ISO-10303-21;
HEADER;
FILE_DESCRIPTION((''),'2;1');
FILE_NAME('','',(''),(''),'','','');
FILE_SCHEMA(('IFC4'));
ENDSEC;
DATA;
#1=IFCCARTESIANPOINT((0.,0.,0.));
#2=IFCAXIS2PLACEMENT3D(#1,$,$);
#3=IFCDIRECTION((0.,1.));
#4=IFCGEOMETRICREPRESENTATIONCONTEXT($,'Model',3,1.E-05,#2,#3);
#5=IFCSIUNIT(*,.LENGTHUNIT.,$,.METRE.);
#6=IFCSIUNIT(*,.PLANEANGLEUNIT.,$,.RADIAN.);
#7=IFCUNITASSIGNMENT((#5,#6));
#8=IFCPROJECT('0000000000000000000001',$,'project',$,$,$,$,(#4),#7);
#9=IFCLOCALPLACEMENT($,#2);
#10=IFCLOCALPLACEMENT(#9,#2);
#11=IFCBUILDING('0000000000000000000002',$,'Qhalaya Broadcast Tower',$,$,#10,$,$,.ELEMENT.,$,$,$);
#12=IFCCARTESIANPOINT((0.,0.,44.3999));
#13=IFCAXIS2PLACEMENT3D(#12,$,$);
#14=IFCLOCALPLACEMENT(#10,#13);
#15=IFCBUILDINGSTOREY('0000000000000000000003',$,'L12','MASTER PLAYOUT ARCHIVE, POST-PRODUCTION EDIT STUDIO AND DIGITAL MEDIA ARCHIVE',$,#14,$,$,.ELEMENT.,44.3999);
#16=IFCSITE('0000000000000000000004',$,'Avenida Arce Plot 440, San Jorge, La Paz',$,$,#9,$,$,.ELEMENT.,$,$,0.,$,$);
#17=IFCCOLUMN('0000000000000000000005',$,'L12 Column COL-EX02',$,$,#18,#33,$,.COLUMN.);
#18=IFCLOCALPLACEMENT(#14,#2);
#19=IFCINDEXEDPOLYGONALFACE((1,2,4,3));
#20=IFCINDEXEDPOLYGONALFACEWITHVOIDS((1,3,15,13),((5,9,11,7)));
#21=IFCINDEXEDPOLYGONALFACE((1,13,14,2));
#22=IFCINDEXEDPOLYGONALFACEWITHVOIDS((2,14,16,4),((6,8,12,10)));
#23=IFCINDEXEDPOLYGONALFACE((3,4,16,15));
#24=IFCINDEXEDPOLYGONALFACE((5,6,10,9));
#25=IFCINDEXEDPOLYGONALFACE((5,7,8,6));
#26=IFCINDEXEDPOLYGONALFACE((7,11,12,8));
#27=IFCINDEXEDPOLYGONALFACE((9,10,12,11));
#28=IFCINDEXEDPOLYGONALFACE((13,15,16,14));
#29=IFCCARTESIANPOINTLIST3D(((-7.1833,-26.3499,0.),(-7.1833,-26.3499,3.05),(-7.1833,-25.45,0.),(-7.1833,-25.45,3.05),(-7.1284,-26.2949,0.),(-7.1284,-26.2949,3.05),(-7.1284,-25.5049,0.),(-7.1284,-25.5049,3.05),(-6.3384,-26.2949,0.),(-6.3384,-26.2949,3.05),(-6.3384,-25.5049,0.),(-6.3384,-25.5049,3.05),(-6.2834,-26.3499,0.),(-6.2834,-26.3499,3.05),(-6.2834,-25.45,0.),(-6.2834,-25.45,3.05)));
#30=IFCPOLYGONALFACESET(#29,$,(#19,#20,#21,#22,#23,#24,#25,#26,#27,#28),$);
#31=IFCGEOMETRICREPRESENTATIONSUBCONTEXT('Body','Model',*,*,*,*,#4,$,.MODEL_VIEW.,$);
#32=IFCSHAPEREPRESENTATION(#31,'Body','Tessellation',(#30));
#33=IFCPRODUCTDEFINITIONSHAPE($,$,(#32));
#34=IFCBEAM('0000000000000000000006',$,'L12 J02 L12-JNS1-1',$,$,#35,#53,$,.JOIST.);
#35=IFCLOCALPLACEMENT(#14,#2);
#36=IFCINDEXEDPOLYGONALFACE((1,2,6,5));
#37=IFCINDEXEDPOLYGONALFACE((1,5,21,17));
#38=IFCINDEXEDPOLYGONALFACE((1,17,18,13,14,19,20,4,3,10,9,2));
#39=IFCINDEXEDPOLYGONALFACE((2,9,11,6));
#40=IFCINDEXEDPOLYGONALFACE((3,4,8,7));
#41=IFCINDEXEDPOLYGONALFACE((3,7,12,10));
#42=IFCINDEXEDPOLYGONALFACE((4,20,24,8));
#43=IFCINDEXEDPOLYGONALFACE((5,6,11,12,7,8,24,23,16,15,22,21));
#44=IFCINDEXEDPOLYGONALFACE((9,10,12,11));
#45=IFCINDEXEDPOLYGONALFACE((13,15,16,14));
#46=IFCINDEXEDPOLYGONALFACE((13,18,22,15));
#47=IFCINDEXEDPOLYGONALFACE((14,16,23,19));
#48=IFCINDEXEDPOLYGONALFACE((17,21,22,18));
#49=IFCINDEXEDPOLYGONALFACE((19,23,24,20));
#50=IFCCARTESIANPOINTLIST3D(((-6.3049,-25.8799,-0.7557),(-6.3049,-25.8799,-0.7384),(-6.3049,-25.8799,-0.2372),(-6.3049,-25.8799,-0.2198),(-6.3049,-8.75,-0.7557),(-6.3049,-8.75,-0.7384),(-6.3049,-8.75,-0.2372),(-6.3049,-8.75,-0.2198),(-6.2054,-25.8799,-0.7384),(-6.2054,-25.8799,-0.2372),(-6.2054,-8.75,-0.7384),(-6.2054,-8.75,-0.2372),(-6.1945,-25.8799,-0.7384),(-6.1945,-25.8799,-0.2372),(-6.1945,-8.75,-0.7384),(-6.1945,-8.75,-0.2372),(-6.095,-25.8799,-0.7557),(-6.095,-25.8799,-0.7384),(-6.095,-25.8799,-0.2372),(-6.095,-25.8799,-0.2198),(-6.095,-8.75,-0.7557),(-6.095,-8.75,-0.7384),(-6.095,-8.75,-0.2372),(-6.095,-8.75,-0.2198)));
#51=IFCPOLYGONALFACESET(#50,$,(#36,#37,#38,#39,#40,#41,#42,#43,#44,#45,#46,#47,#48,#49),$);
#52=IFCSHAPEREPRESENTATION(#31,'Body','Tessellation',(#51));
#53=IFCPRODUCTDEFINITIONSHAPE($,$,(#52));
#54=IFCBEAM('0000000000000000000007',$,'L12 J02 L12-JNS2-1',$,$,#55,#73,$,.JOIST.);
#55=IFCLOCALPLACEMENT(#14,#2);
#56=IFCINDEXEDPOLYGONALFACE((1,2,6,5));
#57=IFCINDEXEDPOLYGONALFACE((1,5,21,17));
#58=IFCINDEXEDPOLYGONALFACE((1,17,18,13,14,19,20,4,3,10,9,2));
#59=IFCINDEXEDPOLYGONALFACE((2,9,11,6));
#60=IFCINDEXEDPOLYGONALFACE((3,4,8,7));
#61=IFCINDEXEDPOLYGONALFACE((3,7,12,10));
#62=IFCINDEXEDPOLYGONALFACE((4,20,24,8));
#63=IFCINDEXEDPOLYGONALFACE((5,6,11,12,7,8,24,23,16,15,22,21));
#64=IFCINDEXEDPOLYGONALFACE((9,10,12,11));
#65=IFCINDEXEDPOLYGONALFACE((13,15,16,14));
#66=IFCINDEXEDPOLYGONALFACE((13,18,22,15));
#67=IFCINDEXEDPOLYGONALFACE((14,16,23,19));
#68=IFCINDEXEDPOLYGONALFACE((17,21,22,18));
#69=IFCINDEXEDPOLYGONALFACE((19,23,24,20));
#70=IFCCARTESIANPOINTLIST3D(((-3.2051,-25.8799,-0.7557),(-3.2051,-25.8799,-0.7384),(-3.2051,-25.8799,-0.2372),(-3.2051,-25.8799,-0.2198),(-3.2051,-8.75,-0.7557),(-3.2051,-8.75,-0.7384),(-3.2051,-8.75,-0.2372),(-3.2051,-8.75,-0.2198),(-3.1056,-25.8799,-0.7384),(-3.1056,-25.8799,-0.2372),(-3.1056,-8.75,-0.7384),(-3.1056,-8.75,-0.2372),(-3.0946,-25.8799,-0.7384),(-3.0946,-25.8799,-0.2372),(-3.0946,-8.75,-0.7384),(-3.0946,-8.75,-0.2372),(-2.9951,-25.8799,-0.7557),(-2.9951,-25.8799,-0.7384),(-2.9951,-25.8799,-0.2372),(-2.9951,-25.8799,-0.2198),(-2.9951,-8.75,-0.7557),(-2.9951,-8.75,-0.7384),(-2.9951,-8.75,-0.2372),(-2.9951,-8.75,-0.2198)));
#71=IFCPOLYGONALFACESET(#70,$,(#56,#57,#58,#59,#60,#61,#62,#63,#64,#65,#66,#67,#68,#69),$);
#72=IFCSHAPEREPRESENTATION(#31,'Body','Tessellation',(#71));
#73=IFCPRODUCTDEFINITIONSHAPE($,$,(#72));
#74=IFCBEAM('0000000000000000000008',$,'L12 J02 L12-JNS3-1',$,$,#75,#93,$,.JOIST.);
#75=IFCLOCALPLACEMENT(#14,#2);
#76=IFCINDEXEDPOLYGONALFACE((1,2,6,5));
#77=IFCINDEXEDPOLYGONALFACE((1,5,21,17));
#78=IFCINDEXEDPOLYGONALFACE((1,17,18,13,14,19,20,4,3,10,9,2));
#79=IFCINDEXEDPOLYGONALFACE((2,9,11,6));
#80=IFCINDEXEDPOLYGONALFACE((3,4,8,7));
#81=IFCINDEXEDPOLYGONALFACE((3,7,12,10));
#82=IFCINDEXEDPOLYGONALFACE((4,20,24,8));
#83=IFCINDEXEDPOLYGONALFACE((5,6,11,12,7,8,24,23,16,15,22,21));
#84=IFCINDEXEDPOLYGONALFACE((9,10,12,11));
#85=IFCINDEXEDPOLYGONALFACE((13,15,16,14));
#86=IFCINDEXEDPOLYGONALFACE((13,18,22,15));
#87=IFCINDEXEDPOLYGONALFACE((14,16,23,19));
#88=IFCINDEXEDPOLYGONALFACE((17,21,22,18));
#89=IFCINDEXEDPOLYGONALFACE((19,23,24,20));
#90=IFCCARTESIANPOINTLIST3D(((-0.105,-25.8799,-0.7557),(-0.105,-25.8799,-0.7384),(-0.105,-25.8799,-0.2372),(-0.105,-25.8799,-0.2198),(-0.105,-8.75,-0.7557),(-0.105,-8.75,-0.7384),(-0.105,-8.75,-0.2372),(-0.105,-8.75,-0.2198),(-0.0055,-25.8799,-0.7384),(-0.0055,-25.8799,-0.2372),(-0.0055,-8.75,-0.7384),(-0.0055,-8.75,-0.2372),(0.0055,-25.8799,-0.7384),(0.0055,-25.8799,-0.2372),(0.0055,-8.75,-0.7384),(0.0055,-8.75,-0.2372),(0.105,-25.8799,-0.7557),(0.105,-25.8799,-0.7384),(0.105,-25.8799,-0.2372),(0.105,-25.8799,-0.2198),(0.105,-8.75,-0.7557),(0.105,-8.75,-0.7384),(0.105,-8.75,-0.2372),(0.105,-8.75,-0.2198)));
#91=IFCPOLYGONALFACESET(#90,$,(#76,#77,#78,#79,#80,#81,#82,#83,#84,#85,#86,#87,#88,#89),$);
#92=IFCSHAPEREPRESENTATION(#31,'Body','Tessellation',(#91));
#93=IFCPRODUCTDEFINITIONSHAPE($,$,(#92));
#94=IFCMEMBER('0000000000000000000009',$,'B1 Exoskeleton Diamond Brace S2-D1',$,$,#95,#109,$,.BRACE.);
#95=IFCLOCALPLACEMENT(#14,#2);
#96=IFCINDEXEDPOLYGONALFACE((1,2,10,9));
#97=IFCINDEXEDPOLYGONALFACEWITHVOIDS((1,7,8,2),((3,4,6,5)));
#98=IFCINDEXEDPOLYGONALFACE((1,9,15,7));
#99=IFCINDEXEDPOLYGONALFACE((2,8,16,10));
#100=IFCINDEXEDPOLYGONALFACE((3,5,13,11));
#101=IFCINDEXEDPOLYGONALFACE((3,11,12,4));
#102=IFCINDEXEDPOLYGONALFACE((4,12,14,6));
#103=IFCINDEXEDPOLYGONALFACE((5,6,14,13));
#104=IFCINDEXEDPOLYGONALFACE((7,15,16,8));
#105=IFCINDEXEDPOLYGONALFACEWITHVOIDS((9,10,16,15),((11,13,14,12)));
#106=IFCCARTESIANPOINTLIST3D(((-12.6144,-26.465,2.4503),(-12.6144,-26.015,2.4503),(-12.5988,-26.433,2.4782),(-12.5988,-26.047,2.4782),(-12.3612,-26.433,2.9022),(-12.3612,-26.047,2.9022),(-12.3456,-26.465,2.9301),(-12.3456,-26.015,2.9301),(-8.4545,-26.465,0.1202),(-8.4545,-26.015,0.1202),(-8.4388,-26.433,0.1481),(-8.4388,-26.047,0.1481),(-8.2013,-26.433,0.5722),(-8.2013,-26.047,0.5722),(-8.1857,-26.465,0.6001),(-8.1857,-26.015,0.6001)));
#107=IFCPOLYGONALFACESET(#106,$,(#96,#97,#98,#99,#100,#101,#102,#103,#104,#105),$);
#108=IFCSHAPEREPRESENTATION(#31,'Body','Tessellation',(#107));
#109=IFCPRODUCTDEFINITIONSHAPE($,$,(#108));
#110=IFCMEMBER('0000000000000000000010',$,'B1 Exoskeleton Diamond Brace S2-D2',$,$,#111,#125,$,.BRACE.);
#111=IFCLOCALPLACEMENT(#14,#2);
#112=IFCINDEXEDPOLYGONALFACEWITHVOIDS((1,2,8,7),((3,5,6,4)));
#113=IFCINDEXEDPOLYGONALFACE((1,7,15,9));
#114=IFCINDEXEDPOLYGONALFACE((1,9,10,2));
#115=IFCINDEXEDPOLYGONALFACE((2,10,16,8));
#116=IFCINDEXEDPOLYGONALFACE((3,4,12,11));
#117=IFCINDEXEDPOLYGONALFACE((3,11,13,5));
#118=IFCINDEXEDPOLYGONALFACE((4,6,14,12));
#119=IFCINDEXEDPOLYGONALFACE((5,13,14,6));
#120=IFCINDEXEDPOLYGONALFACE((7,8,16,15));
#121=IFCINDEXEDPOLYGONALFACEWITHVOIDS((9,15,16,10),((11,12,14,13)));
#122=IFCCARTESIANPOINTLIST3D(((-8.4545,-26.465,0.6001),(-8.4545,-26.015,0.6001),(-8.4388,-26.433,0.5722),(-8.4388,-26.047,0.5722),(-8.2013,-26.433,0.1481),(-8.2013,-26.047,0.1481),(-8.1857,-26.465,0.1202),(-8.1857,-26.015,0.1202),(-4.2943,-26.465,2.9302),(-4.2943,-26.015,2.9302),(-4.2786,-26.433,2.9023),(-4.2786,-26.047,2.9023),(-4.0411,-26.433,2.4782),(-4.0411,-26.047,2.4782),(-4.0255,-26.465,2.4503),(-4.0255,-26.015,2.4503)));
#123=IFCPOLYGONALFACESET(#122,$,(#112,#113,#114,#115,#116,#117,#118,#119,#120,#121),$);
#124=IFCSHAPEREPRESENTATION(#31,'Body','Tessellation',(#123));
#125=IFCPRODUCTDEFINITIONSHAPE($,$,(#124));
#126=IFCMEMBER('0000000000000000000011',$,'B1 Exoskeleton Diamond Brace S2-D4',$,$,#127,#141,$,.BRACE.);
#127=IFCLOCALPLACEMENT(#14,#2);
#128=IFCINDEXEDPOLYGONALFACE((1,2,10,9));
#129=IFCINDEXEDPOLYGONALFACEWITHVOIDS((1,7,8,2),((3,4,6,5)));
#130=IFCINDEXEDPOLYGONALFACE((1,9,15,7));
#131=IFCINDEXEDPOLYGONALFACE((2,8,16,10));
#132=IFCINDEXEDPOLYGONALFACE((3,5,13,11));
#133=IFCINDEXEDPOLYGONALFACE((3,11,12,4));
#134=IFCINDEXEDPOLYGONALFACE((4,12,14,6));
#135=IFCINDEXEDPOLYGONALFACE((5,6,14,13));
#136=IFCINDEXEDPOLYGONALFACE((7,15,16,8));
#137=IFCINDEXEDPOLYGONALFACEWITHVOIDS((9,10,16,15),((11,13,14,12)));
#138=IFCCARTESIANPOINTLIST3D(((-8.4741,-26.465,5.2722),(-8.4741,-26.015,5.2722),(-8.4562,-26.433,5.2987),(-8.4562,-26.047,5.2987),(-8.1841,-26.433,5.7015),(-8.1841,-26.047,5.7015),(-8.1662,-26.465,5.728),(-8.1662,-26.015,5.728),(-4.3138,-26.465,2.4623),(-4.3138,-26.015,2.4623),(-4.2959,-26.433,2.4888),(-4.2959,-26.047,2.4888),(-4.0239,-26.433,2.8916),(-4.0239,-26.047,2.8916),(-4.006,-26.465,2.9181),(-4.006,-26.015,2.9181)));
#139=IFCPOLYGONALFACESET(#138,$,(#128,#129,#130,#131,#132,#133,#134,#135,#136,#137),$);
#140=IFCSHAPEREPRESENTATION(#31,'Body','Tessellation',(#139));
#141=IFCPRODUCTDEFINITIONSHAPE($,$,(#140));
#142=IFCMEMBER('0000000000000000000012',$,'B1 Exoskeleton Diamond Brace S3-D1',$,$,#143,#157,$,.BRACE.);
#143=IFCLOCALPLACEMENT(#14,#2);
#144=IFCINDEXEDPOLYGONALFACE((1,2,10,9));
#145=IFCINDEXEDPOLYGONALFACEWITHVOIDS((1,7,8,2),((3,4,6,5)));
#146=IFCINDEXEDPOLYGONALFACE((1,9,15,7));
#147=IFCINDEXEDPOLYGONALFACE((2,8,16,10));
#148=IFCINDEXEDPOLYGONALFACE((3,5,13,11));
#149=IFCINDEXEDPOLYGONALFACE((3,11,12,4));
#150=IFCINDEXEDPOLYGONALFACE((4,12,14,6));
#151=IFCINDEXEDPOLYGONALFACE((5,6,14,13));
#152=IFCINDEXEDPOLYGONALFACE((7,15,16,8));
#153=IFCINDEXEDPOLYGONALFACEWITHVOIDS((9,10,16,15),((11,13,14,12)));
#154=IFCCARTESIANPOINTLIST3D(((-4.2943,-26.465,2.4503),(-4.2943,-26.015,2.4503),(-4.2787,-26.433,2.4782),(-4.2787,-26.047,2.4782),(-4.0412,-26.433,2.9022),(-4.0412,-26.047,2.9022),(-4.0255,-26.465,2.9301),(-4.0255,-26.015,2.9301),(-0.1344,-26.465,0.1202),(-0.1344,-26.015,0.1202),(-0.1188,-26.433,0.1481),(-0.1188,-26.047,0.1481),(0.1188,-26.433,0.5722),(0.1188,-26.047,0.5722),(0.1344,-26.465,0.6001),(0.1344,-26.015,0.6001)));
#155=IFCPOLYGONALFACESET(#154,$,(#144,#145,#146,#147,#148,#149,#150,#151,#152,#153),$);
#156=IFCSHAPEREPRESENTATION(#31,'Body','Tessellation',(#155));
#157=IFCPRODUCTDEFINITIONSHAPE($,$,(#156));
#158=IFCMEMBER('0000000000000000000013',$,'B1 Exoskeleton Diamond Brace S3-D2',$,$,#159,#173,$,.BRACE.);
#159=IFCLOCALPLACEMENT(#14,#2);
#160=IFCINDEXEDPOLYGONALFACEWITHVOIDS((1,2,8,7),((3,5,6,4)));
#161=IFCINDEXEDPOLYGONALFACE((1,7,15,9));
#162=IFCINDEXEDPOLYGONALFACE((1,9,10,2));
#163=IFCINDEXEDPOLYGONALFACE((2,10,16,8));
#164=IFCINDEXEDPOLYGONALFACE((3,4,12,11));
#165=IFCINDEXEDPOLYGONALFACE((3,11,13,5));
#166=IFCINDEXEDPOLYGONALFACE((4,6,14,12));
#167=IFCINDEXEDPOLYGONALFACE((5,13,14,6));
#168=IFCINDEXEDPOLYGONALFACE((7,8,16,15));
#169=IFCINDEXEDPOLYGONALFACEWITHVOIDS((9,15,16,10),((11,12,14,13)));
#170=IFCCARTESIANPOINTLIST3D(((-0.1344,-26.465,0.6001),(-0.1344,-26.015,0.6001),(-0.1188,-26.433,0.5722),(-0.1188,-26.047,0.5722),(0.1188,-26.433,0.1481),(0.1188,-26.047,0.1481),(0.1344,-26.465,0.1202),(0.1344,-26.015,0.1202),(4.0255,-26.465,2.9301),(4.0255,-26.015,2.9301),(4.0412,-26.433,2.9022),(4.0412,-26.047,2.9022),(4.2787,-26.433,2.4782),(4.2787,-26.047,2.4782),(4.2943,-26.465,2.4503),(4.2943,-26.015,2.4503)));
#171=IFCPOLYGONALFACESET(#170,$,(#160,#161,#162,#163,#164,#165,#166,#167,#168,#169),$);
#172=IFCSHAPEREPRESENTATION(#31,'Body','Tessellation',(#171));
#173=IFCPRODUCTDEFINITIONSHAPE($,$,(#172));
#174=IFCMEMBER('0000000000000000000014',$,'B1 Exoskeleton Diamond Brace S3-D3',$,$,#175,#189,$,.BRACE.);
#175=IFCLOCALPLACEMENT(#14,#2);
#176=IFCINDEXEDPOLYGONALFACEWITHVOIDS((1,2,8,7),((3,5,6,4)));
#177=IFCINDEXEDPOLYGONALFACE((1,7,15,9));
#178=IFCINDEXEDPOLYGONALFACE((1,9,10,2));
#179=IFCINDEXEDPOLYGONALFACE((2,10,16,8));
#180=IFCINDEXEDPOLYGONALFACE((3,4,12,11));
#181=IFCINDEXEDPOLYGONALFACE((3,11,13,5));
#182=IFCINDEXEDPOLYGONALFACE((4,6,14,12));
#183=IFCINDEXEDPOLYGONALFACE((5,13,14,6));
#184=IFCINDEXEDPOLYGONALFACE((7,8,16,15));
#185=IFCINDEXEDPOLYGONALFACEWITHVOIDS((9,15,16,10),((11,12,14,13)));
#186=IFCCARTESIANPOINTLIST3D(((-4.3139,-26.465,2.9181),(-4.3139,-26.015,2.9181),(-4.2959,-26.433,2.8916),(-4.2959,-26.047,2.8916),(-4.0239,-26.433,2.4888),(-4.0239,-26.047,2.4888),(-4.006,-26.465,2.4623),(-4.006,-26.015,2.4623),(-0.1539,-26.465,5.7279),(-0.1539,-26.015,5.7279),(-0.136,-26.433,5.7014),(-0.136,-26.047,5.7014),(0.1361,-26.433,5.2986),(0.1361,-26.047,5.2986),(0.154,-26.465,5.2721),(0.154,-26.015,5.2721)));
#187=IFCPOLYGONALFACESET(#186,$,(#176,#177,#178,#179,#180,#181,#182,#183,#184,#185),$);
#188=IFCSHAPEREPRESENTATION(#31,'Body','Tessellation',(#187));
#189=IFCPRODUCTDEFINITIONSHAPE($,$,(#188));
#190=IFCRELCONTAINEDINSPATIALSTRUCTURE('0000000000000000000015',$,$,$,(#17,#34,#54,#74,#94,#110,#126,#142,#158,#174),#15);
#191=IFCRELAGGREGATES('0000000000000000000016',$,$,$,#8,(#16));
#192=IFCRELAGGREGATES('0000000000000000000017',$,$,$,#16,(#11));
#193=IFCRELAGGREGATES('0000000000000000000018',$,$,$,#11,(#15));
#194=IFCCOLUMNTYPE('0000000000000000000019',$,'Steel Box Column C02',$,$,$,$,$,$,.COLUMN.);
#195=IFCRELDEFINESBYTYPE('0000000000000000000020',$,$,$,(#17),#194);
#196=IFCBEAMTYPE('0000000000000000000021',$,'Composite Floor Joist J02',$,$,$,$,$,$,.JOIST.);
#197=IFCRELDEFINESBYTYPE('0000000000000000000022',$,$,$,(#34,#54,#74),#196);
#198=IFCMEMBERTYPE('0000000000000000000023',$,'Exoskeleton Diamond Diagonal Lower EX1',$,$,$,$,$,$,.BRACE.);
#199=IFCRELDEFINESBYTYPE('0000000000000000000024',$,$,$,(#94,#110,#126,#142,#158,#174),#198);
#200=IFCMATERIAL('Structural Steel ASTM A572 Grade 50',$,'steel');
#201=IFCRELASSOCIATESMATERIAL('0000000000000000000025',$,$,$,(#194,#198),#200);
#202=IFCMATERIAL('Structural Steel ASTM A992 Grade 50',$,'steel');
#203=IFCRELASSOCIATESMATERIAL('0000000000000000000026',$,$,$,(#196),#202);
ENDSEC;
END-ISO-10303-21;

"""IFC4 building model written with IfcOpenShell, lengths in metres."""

from ifc_helpers import new_model, si_unit, direction, frame, origin, origin_2d, place, context, subcontext, project, spatial, hollow_rectangle, i_section, extrude, material, material_profile, profile_set, type_object, element, save


model = new_model("IFC4")

# Units and contexts
model_context = context("Model", 3, precision=1e-05, world=origin(), true_north=direction((0.0, 1.0)))
body_context = subcontext(model_context, "Body", "Model", "MODEL_VIEW")
ifc_project = project(units=[si_unit("LENGTHUNIT", "METRE"), si_unit("PLANEANGLEUNIT", "RADIAN")], contexts=[model_context])

# Site, building, storey
site_placement = place(None, origin())
site = spatial("IfcSite", under=ifc_project, at=site_placement, Name="Avenida Arce Plot 440, San Jorge, La Paz", CompositionType="ELEMENT", RefElevation=0.0)
building_placement = place(site_placement, origin())
building = spatial("IfcBuilding", under=site, at=building_placement, Name="Qhalaya Broadcast Tower", CompositionType="ELEMENT")
storey_placement = place(building_placement, frame((0.0, 0.0, 44.3999)))
storey = spatial("IfcBuildingStorey", under=building, at=storey_placement, Name="L12", Description="MASTER PLAYOUT ARCHIVE, POST-PRODUCTION EDIT STUDIO AND DIGITAL MEDIA ARCHIVE", CompositionType="ELEMENT", Elevation=44.3999)

# Column
ifc_material_1 = material(Name="Structural Steel ASTM A572 Grade 50", Category="steel")
ifc_material_profile_1 = material_profile(ifc_material_1, hollow_rectangle(XDim=0.8999, YDim=0.8999, WallThickness=0.0549, at=origin_2d()), Name="BOX 900x900x55")
ifc_profile_set_1 = profile_set([ifc_material_profile_1], Name="Structural Steel ASTM A572 Grade 50")
column_type = type_object("IfcColumnType", Name="Steel Box Column C02", PredefinedType="COLUMN", material=ifc_profile_set_1)
column_placement = place(storey_placement, frame((-6.7334, -25.8999, 0.0), z_axis=(0.0, 0.0, 1.0), x_axis=(1.0, 0.0, 0.0)))
element("IfcColumn", 1, at=column_placement, inside=storey, type_object=column_type, Name="L12 Column COL-EX02", PredefinedType="COLUMN", context=body_context, shape_type="SweptSolid", body=[
    extrude(hollow_rectangle(XDim=0.8999, YDim=0.8999, WallThickness=0.0549, at=origin_2d()), origin(), (0.0, 0.0, 1.0), 3.05),
])

# Beams
ifc_material_2 = material(Name="Structural Steel ASTM A992 Grade 50", Category="steel")
ifc_material_profile_2 = material_profile(ifc_material_2, i_section(OverallWidth=0.21, OverallDepth=0.5359, WebThickness=0.011, FlangeThickness=0.0173, at=origin_2d()), Name="W21X68")
ifc_profile_set_2 = profile_set([ifc_material_profile_2], Name="Structural Steel ASTM A992 Grade 50")
beam_type_1 = type_object("IfcBeamType", Name="Composite Floor Joist J02", PredefinedType="JOIST", material=ifc_profile_set_2)
for number, where, z_axis, x_axis, name in (
    (2, (-6.2, -25.8799, -0.4878), (0.0, 1.0, 0.0), (-1.0, 0.0, 0.0), "L12 J02 L12-JNS1-1"),
    (3, (-3.1001, -25.8799, -0.4878), (0.0, 1.0, 0.0), (-1.0, 0.0, 0.0), "L12 J02 L12-JNS2-1"),
    (4, (0.0, -25.8799, -0.4878), (0.0, 1.0, 0.0), (-1.0, 0.0, 0.0), "L12 J02 L12-JNS3-1"),
):
    element("IfcBeam", number, at=place(storey_placement, frame(where, z_axis=z_axis, x_axis=x_axis)), inside=storey, type_object=beam_type_1, Name=name, PredefinedType="JOIST", context=body_context, shape_type="SweptSolid", body=[
        extrude(i_section(OverallWidth=0.21, OverallDepth=0.5359, WebThickness=0.011, FlangeThickness=0.0173, at=origin_2d()), origin(), (0.0, 0.0, 1.0), 17.1299),
    ])

# Members
ifc_material_profile_3 = material_profile(ifc_material_1, hollow_rectangle(XDim=0.45, YDim=0.55, WallThickness=0.032, at=origin_2d()), Name="BOX 450x550x32")
ifc_profile_set_3 = profile_set([ifc_material_profile_3], Name="Structural Steel ASTM A572 Grade 50")
member_type = type_object("IfcMemberType", Name="Exoskeleton Diamond Diagonal Lower EX1", PredefinedType="BRACE", material=ifc_profile_set_3)
member_1_placement = place(storey_placement, frame((-8.3201, -26.24, 0.3601), z_axis=(-0.872459, 0.0, 0.488688), x_axis=(0.0, -1.0, 0.0)))
element("IfcMember", 5, at=member_1_placement, inside=storey, type_object=member_type, Name="B1 Exoskeleton Diamond Brace S2-D1", PredefinedType="BRACE", context=body_context, shape_type="SweptSolid", body=[
    extrude(hollow_rectangle(XDim=0.45, YDim=0.55, WallThickness=0.032, at=origin_2d()), origin(), (0.0, 0.0, 1.0), 4.7681),
])
member_2_placement = place(storey_placement, frame((-8.3201, -26.24, 0.3601), z_axis=(0.872471, 0.0, 0.488666), x_axis=(0.0, 1.0, 0.0)))
element("IfcMember", 6, at=member_2_placement, inside=storey, type_object=member_type, Name="B1 Exoskeleton Diamond Brace S2-D2", PredefinedType="BRACE", context=body_context, shape_type="SweptSolid", body=[
    extrude(hollow_rectangle(XDim=0.45, YDim=0.55, WallThickness=0.032, at=origin_2d()), origin(), (0.0, 0.0, 1.0), 4.7683),
])
member_3_placement = place(storey_placement, frame((-4.1599, -26.24, 2.6902), z_axis=(-0.828691, 0.0, 0.559707), x_axis=(0.0, -1.0, 0.0)))
element("IfcMember", 7, at=member_3_placement, inside=storey, type_object=member_type, Name="B1 Exoskeleton Diamond Brace S2-D4", PredefinedType="BRACE", context=body_context, shape_type="SweptSolid", body=[
    extrude(hollow_rectangle(XDim=0.45, YDim=0.55, WallThickness=0.032, at=origin_2d()), origin(), (0.0, 0.0, 1.0), 5.0203),
])
for number, where, z_axis, x_axis, name in (
    (8, (0.0, -26.24, 0.3601), (-0.872459, 0.0, 0.488688), (0.0, -1.0, 0.0), "B1 Exoskeleton Diamond Brace S3-D1"),
    (9, (0.0, -26.24, 0.3601), (0.872459, 0.0, 0.488688), (0.0, 1.0, 0.0), "B1 Exoskeleton Diamond Brace S3-D2"),
):
    element("IfcMember", number, at=place(storey_placement, frame(where, z_axis=z_axis, x_axis=x_axis)), inside=storey, type_object=member_type, Name=name, PredefinedType="BRACE", context=body_context, shape_type="SweptSolid", body=[
        extrude(hollow_rectangle(XDim=0.45, YDim=0.55, WallThickness=0.032, at=origin_2d()), origin(), (0.0, 0.0, 1.0), 4.7681),
    ])
member_4_placement = place(storey_placement, frame((-4.1599, -26.24, 2.6902), z_axis=(0.828676, 0.0, 0.559729), x_axis=(0.0, 1.0, 0.0)))
element("IfcMember", 10, at=member_4_placement, inside=storey, type_object=member_type, Name="B1 Exoskeleton Diamond Brace S3-D3", PredefinedType="BRACE", context=body_context, shape_type="SweptSolid", body=[
    extrude(hollow_rectangle(XDim=0.45, YDim=0.55, WallThickness=0.032, at=origin_2d()), origin(), (0.0, 0.0, 1.0), 5.02),
])

save(model, "model.ifc")
